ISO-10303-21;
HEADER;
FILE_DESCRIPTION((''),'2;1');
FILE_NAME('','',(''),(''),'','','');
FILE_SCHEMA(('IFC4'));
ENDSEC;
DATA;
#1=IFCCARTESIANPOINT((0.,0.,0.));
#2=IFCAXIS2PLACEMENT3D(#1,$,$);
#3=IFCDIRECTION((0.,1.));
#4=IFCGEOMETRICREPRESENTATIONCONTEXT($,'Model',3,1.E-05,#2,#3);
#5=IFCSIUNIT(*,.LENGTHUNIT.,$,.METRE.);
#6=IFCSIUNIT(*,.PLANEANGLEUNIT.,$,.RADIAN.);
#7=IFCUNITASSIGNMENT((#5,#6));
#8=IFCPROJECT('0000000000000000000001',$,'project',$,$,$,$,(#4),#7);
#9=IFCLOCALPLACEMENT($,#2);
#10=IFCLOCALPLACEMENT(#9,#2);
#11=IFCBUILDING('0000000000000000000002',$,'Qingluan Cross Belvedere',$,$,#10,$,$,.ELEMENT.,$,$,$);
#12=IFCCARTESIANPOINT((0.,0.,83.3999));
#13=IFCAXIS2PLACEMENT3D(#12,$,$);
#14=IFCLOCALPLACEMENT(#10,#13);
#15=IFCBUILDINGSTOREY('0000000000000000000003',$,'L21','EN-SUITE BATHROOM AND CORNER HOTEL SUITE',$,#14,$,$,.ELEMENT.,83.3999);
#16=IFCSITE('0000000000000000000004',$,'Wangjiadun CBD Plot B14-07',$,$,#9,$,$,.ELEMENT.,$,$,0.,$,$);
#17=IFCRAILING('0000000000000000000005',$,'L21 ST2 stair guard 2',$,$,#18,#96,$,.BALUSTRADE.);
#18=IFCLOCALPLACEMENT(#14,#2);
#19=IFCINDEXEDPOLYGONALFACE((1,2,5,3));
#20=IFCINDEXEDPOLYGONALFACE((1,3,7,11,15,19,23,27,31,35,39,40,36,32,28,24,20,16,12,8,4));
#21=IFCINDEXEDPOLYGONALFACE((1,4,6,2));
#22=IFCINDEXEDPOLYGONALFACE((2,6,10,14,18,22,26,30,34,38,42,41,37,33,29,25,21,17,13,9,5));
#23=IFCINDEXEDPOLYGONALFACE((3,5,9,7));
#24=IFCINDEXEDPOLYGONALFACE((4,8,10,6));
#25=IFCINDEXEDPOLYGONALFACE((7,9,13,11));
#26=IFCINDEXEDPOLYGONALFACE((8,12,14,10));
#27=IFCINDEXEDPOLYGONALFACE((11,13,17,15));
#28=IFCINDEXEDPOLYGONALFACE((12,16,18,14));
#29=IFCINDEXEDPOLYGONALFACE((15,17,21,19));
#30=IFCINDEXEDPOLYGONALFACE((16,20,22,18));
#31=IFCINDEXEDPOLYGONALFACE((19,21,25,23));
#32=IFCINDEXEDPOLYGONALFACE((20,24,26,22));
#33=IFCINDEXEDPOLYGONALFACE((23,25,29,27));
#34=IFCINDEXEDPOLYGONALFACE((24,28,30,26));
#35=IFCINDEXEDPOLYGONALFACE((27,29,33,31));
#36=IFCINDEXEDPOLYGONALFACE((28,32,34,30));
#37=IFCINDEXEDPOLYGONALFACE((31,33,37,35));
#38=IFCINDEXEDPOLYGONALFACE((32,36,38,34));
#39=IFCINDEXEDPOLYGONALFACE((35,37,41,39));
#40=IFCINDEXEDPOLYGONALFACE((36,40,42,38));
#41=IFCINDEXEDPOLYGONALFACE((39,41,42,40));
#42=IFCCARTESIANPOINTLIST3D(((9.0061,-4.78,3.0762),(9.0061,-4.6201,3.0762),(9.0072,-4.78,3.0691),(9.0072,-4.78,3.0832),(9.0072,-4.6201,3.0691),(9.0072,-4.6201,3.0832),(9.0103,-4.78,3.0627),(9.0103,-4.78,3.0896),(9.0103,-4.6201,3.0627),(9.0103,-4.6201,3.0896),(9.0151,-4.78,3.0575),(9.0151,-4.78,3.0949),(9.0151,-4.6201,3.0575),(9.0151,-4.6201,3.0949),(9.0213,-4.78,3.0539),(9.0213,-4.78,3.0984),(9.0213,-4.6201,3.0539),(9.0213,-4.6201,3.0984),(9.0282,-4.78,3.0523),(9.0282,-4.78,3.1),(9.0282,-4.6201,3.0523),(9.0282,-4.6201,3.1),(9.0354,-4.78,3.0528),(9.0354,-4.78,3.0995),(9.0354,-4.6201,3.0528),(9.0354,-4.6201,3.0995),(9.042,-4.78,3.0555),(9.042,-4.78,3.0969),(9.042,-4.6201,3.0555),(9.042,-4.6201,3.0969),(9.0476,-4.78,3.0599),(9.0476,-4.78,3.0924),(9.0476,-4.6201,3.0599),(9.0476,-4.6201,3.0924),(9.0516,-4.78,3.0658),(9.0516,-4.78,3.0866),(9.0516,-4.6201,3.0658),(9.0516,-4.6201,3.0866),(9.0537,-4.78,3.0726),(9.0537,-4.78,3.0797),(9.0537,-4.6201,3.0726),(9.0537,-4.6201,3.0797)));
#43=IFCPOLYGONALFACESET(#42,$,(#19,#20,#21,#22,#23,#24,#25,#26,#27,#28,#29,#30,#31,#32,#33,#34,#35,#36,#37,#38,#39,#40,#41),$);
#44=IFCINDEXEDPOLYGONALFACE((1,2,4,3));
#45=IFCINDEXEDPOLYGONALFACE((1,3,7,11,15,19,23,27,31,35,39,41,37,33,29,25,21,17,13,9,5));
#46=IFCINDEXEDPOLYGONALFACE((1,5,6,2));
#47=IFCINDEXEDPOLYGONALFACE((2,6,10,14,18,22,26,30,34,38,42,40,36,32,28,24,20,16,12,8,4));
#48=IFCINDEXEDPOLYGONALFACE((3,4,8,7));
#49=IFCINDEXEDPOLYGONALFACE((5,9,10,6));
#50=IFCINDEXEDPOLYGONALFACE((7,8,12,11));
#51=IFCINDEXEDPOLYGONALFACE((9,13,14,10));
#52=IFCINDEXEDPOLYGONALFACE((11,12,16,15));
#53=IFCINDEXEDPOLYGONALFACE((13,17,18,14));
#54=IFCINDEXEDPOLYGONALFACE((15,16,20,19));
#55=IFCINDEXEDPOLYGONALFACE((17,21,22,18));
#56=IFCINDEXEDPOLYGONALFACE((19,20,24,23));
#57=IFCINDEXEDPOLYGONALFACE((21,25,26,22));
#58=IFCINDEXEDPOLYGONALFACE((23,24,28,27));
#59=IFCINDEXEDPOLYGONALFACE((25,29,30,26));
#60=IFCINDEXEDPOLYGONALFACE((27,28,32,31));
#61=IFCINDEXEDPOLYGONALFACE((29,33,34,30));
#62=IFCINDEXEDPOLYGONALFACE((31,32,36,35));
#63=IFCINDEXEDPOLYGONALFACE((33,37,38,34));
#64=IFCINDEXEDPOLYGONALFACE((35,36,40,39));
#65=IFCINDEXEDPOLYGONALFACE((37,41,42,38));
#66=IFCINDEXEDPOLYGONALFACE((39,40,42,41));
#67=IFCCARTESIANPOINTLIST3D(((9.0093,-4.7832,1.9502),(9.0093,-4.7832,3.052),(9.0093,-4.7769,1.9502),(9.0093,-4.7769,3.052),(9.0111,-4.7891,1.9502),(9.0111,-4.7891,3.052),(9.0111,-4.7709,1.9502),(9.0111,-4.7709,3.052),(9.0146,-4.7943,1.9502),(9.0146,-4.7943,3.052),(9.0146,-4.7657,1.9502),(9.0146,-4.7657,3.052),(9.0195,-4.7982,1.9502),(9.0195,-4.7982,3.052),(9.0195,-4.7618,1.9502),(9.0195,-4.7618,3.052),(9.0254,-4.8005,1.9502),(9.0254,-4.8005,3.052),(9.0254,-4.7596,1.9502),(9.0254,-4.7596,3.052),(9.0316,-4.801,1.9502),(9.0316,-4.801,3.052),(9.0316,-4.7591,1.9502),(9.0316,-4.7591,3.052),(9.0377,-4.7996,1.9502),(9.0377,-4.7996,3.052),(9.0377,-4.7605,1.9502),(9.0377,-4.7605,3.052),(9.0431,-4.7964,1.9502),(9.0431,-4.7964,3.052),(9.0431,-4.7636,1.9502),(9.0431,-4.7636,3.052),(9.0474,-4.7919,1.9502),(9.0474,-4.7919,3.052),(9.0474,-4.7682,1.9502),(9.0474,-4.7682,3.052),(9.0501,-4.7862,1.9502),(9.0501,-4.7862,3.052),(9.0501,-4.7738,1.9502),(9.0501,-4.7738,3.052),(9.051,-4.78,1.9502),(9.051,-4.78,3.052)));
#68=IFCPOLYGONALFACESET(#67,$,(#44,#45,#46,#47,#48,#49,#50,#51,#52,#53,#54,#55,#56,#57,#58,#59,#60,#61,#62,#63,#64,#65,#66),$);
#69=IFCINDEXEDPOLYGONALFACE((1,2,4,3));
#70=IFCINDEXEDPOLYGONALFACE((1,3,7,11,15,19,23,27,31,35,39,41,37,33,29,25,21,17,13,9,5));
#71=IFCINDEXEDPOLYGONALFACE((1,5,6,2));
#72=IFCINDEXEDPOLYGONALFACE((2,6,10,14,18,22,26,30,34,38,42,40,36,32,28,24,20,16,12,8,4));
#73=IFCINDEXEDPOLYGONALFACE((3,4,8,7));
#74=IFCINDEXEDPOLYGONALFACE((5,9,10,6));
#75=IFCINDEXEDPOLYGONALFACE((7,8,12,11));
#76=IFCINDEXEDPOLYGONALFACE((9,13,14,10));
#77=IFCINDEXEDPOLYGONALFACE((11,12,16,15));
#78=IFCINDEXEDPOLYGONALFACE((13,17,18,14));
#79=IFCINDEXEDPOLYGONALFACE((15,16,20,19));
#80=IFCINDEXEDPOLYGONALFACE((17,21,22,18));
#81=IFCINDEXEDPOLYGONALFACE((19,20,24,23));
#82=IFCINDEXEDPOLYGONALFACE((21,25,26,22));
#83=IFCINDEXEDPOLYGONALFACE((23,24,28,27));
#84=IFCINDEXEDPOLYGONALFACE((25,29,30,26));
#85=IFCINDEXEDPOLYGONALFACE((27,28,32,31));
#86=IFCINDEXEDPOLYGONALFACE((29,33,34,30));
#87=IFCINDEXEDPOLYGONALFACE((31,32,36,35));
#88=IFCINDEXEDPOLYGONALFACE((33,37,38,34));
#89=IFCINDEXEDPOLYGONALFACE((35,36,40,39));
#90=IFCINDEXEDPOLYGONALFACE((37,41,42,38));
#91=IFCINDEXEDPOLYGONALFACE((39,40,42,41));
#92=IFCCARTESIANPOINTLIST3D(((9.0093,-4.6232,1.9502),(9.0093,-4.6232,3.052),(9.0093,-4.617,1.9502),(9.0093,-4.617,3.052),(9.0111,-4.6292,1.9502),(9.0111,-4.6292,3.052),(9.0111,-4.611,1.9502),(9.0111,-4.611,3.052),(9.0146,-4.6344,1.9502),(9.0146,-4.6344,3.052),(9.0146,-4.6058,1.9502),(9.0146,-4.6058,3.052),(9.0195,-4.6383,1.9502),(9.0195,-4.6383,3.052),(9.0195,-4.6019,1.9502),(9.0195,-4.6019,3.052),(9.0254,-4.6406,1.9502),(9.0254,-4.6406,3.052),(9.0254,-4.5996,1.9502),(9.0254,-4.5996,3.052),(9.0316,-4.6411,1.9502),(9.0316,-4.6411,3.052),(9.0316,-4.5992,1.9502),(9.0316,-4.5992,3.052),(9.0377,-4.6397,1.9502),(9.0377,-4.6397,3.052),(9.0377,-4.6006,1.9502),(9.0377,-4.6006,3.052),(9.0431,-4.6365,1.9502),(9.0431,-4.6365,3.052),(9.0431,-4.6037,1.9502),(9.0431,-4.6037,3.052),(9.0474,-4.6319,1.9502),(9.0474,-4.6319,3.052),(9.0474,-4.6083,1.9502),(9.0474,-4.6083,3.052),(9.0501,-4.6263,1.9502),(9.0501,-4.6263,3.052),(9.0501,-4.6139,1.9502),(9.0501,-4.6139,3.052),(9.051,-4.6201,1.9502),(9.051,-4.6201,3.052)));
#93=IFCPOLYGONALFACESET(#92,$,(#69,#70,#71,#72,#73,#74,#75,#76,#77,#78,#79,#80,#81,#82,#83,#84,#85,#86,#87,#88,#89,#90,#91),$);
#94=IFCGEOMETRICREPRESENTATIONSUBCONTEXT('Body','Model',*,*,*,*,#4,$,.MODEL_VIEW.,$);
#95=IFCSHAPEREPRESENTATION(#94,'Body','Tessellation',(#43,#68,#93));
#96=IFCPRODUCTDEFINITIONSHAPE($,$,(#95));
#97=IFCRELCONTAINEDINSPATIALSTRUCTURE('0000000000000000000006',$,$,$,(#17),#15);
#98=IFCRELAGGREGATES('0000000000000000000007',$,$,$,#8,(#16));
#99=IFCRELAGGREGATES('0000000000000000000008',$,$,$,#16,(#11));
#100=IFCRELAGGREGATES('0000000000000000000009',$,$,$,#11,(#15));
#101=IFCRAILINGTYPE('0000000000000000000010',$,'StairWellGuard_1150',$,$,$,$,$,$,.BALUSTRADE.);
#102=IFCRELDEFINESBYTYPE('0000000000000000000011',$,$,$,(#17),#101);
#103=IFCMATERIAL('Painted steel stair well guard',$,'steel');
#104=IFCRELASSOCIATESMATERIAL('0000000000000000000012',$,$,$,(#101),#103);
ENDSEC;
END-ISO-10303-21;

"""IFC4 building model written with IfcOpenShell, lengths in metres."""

from ifc_helpers import new_model, si_unit, direction, frame, origin, origin_2d, place, context, subcontext, project, spatial, circle, extrude, material, type_object, element, save


model = new_model("IFC4")

# Units and contexts
model_context = context("Model", 3, precision=1e-05, world=origin(), true_north=direction((0.0, 1.0)))
body_context = subcontext(model_context, "Body", "Model", "MODEL_VIEW")
ifc_project = project(units=[si_unit("LENGTHUNIT", "METRE"), si_unit("PLANEANGLEUNIT", "RADIAN")], contexts=[model_context])

# Site, building, storey
site_placement = place(None, origin())
site = spatial("IfcSite", under=ifc_project, at=site_placement, Name="Wangjiadun CBD Plot B14-07", CompositionType="ELEMENT", RefElevation=0.0)
building_placement = place(site_placement, origin())
building = spatial("IfcBuilding", under=site, at=building_placement, Name="Qingluan Cross Belvedere", CompositionType="ELEMENT")
storey_placement = place(building_placement, frame((0.0, 0.0, 83.3999)))
storey = spatial("IfcBuildingStorey", under=building, at=storey_placement, Name="L21", Description="EN-SUITE BATHROOM AND CORNER HOTEL SUITE", CompositionType="ELEMENT", Elevation=83.3999)

# Railing
ifc_material_1 = material(Name="Painted steel stair well guard", Category="steel")
railing_type_1 = type_object("IfcRailingType", Name="StairWellGuard_1150", PredefinedType="BALUSTRADE", material=ifc_material_1)
railing_1_placement = place(storey_placement, frame((9.03, -4.78, 1.9502)))
element("IfcRailing", 1, at=railing_1_placement, inside=storey, type_object=railing_type_1, Name="L21 ST2 stair guard 2", PredefinedType="BALUSTRADE", context=body_context, shape_type="SweptSolid", body=[
    extrude(circle(Radius=0.0239, at=origin_2d()), frame((0.0, 0.0, 1.126), z_axis=(0.0, 1.0, 0.0), x_axis=(-1.0, 0.0, 0.0)), (0.0, 0.0, 1.0), 0.1599),
    extrude(circle(Radius=0.021, at=origin_2d()), origin(), (0.0, 0.0, 1.0), 1.1018),
    extrude(circle(Radius=0.021, at=origin_2d()), frame((0.0, 0.1599, 0.0)), (0.0, 0.0, 1.0), 1.1018),
])

save(model, "model.ifc")
